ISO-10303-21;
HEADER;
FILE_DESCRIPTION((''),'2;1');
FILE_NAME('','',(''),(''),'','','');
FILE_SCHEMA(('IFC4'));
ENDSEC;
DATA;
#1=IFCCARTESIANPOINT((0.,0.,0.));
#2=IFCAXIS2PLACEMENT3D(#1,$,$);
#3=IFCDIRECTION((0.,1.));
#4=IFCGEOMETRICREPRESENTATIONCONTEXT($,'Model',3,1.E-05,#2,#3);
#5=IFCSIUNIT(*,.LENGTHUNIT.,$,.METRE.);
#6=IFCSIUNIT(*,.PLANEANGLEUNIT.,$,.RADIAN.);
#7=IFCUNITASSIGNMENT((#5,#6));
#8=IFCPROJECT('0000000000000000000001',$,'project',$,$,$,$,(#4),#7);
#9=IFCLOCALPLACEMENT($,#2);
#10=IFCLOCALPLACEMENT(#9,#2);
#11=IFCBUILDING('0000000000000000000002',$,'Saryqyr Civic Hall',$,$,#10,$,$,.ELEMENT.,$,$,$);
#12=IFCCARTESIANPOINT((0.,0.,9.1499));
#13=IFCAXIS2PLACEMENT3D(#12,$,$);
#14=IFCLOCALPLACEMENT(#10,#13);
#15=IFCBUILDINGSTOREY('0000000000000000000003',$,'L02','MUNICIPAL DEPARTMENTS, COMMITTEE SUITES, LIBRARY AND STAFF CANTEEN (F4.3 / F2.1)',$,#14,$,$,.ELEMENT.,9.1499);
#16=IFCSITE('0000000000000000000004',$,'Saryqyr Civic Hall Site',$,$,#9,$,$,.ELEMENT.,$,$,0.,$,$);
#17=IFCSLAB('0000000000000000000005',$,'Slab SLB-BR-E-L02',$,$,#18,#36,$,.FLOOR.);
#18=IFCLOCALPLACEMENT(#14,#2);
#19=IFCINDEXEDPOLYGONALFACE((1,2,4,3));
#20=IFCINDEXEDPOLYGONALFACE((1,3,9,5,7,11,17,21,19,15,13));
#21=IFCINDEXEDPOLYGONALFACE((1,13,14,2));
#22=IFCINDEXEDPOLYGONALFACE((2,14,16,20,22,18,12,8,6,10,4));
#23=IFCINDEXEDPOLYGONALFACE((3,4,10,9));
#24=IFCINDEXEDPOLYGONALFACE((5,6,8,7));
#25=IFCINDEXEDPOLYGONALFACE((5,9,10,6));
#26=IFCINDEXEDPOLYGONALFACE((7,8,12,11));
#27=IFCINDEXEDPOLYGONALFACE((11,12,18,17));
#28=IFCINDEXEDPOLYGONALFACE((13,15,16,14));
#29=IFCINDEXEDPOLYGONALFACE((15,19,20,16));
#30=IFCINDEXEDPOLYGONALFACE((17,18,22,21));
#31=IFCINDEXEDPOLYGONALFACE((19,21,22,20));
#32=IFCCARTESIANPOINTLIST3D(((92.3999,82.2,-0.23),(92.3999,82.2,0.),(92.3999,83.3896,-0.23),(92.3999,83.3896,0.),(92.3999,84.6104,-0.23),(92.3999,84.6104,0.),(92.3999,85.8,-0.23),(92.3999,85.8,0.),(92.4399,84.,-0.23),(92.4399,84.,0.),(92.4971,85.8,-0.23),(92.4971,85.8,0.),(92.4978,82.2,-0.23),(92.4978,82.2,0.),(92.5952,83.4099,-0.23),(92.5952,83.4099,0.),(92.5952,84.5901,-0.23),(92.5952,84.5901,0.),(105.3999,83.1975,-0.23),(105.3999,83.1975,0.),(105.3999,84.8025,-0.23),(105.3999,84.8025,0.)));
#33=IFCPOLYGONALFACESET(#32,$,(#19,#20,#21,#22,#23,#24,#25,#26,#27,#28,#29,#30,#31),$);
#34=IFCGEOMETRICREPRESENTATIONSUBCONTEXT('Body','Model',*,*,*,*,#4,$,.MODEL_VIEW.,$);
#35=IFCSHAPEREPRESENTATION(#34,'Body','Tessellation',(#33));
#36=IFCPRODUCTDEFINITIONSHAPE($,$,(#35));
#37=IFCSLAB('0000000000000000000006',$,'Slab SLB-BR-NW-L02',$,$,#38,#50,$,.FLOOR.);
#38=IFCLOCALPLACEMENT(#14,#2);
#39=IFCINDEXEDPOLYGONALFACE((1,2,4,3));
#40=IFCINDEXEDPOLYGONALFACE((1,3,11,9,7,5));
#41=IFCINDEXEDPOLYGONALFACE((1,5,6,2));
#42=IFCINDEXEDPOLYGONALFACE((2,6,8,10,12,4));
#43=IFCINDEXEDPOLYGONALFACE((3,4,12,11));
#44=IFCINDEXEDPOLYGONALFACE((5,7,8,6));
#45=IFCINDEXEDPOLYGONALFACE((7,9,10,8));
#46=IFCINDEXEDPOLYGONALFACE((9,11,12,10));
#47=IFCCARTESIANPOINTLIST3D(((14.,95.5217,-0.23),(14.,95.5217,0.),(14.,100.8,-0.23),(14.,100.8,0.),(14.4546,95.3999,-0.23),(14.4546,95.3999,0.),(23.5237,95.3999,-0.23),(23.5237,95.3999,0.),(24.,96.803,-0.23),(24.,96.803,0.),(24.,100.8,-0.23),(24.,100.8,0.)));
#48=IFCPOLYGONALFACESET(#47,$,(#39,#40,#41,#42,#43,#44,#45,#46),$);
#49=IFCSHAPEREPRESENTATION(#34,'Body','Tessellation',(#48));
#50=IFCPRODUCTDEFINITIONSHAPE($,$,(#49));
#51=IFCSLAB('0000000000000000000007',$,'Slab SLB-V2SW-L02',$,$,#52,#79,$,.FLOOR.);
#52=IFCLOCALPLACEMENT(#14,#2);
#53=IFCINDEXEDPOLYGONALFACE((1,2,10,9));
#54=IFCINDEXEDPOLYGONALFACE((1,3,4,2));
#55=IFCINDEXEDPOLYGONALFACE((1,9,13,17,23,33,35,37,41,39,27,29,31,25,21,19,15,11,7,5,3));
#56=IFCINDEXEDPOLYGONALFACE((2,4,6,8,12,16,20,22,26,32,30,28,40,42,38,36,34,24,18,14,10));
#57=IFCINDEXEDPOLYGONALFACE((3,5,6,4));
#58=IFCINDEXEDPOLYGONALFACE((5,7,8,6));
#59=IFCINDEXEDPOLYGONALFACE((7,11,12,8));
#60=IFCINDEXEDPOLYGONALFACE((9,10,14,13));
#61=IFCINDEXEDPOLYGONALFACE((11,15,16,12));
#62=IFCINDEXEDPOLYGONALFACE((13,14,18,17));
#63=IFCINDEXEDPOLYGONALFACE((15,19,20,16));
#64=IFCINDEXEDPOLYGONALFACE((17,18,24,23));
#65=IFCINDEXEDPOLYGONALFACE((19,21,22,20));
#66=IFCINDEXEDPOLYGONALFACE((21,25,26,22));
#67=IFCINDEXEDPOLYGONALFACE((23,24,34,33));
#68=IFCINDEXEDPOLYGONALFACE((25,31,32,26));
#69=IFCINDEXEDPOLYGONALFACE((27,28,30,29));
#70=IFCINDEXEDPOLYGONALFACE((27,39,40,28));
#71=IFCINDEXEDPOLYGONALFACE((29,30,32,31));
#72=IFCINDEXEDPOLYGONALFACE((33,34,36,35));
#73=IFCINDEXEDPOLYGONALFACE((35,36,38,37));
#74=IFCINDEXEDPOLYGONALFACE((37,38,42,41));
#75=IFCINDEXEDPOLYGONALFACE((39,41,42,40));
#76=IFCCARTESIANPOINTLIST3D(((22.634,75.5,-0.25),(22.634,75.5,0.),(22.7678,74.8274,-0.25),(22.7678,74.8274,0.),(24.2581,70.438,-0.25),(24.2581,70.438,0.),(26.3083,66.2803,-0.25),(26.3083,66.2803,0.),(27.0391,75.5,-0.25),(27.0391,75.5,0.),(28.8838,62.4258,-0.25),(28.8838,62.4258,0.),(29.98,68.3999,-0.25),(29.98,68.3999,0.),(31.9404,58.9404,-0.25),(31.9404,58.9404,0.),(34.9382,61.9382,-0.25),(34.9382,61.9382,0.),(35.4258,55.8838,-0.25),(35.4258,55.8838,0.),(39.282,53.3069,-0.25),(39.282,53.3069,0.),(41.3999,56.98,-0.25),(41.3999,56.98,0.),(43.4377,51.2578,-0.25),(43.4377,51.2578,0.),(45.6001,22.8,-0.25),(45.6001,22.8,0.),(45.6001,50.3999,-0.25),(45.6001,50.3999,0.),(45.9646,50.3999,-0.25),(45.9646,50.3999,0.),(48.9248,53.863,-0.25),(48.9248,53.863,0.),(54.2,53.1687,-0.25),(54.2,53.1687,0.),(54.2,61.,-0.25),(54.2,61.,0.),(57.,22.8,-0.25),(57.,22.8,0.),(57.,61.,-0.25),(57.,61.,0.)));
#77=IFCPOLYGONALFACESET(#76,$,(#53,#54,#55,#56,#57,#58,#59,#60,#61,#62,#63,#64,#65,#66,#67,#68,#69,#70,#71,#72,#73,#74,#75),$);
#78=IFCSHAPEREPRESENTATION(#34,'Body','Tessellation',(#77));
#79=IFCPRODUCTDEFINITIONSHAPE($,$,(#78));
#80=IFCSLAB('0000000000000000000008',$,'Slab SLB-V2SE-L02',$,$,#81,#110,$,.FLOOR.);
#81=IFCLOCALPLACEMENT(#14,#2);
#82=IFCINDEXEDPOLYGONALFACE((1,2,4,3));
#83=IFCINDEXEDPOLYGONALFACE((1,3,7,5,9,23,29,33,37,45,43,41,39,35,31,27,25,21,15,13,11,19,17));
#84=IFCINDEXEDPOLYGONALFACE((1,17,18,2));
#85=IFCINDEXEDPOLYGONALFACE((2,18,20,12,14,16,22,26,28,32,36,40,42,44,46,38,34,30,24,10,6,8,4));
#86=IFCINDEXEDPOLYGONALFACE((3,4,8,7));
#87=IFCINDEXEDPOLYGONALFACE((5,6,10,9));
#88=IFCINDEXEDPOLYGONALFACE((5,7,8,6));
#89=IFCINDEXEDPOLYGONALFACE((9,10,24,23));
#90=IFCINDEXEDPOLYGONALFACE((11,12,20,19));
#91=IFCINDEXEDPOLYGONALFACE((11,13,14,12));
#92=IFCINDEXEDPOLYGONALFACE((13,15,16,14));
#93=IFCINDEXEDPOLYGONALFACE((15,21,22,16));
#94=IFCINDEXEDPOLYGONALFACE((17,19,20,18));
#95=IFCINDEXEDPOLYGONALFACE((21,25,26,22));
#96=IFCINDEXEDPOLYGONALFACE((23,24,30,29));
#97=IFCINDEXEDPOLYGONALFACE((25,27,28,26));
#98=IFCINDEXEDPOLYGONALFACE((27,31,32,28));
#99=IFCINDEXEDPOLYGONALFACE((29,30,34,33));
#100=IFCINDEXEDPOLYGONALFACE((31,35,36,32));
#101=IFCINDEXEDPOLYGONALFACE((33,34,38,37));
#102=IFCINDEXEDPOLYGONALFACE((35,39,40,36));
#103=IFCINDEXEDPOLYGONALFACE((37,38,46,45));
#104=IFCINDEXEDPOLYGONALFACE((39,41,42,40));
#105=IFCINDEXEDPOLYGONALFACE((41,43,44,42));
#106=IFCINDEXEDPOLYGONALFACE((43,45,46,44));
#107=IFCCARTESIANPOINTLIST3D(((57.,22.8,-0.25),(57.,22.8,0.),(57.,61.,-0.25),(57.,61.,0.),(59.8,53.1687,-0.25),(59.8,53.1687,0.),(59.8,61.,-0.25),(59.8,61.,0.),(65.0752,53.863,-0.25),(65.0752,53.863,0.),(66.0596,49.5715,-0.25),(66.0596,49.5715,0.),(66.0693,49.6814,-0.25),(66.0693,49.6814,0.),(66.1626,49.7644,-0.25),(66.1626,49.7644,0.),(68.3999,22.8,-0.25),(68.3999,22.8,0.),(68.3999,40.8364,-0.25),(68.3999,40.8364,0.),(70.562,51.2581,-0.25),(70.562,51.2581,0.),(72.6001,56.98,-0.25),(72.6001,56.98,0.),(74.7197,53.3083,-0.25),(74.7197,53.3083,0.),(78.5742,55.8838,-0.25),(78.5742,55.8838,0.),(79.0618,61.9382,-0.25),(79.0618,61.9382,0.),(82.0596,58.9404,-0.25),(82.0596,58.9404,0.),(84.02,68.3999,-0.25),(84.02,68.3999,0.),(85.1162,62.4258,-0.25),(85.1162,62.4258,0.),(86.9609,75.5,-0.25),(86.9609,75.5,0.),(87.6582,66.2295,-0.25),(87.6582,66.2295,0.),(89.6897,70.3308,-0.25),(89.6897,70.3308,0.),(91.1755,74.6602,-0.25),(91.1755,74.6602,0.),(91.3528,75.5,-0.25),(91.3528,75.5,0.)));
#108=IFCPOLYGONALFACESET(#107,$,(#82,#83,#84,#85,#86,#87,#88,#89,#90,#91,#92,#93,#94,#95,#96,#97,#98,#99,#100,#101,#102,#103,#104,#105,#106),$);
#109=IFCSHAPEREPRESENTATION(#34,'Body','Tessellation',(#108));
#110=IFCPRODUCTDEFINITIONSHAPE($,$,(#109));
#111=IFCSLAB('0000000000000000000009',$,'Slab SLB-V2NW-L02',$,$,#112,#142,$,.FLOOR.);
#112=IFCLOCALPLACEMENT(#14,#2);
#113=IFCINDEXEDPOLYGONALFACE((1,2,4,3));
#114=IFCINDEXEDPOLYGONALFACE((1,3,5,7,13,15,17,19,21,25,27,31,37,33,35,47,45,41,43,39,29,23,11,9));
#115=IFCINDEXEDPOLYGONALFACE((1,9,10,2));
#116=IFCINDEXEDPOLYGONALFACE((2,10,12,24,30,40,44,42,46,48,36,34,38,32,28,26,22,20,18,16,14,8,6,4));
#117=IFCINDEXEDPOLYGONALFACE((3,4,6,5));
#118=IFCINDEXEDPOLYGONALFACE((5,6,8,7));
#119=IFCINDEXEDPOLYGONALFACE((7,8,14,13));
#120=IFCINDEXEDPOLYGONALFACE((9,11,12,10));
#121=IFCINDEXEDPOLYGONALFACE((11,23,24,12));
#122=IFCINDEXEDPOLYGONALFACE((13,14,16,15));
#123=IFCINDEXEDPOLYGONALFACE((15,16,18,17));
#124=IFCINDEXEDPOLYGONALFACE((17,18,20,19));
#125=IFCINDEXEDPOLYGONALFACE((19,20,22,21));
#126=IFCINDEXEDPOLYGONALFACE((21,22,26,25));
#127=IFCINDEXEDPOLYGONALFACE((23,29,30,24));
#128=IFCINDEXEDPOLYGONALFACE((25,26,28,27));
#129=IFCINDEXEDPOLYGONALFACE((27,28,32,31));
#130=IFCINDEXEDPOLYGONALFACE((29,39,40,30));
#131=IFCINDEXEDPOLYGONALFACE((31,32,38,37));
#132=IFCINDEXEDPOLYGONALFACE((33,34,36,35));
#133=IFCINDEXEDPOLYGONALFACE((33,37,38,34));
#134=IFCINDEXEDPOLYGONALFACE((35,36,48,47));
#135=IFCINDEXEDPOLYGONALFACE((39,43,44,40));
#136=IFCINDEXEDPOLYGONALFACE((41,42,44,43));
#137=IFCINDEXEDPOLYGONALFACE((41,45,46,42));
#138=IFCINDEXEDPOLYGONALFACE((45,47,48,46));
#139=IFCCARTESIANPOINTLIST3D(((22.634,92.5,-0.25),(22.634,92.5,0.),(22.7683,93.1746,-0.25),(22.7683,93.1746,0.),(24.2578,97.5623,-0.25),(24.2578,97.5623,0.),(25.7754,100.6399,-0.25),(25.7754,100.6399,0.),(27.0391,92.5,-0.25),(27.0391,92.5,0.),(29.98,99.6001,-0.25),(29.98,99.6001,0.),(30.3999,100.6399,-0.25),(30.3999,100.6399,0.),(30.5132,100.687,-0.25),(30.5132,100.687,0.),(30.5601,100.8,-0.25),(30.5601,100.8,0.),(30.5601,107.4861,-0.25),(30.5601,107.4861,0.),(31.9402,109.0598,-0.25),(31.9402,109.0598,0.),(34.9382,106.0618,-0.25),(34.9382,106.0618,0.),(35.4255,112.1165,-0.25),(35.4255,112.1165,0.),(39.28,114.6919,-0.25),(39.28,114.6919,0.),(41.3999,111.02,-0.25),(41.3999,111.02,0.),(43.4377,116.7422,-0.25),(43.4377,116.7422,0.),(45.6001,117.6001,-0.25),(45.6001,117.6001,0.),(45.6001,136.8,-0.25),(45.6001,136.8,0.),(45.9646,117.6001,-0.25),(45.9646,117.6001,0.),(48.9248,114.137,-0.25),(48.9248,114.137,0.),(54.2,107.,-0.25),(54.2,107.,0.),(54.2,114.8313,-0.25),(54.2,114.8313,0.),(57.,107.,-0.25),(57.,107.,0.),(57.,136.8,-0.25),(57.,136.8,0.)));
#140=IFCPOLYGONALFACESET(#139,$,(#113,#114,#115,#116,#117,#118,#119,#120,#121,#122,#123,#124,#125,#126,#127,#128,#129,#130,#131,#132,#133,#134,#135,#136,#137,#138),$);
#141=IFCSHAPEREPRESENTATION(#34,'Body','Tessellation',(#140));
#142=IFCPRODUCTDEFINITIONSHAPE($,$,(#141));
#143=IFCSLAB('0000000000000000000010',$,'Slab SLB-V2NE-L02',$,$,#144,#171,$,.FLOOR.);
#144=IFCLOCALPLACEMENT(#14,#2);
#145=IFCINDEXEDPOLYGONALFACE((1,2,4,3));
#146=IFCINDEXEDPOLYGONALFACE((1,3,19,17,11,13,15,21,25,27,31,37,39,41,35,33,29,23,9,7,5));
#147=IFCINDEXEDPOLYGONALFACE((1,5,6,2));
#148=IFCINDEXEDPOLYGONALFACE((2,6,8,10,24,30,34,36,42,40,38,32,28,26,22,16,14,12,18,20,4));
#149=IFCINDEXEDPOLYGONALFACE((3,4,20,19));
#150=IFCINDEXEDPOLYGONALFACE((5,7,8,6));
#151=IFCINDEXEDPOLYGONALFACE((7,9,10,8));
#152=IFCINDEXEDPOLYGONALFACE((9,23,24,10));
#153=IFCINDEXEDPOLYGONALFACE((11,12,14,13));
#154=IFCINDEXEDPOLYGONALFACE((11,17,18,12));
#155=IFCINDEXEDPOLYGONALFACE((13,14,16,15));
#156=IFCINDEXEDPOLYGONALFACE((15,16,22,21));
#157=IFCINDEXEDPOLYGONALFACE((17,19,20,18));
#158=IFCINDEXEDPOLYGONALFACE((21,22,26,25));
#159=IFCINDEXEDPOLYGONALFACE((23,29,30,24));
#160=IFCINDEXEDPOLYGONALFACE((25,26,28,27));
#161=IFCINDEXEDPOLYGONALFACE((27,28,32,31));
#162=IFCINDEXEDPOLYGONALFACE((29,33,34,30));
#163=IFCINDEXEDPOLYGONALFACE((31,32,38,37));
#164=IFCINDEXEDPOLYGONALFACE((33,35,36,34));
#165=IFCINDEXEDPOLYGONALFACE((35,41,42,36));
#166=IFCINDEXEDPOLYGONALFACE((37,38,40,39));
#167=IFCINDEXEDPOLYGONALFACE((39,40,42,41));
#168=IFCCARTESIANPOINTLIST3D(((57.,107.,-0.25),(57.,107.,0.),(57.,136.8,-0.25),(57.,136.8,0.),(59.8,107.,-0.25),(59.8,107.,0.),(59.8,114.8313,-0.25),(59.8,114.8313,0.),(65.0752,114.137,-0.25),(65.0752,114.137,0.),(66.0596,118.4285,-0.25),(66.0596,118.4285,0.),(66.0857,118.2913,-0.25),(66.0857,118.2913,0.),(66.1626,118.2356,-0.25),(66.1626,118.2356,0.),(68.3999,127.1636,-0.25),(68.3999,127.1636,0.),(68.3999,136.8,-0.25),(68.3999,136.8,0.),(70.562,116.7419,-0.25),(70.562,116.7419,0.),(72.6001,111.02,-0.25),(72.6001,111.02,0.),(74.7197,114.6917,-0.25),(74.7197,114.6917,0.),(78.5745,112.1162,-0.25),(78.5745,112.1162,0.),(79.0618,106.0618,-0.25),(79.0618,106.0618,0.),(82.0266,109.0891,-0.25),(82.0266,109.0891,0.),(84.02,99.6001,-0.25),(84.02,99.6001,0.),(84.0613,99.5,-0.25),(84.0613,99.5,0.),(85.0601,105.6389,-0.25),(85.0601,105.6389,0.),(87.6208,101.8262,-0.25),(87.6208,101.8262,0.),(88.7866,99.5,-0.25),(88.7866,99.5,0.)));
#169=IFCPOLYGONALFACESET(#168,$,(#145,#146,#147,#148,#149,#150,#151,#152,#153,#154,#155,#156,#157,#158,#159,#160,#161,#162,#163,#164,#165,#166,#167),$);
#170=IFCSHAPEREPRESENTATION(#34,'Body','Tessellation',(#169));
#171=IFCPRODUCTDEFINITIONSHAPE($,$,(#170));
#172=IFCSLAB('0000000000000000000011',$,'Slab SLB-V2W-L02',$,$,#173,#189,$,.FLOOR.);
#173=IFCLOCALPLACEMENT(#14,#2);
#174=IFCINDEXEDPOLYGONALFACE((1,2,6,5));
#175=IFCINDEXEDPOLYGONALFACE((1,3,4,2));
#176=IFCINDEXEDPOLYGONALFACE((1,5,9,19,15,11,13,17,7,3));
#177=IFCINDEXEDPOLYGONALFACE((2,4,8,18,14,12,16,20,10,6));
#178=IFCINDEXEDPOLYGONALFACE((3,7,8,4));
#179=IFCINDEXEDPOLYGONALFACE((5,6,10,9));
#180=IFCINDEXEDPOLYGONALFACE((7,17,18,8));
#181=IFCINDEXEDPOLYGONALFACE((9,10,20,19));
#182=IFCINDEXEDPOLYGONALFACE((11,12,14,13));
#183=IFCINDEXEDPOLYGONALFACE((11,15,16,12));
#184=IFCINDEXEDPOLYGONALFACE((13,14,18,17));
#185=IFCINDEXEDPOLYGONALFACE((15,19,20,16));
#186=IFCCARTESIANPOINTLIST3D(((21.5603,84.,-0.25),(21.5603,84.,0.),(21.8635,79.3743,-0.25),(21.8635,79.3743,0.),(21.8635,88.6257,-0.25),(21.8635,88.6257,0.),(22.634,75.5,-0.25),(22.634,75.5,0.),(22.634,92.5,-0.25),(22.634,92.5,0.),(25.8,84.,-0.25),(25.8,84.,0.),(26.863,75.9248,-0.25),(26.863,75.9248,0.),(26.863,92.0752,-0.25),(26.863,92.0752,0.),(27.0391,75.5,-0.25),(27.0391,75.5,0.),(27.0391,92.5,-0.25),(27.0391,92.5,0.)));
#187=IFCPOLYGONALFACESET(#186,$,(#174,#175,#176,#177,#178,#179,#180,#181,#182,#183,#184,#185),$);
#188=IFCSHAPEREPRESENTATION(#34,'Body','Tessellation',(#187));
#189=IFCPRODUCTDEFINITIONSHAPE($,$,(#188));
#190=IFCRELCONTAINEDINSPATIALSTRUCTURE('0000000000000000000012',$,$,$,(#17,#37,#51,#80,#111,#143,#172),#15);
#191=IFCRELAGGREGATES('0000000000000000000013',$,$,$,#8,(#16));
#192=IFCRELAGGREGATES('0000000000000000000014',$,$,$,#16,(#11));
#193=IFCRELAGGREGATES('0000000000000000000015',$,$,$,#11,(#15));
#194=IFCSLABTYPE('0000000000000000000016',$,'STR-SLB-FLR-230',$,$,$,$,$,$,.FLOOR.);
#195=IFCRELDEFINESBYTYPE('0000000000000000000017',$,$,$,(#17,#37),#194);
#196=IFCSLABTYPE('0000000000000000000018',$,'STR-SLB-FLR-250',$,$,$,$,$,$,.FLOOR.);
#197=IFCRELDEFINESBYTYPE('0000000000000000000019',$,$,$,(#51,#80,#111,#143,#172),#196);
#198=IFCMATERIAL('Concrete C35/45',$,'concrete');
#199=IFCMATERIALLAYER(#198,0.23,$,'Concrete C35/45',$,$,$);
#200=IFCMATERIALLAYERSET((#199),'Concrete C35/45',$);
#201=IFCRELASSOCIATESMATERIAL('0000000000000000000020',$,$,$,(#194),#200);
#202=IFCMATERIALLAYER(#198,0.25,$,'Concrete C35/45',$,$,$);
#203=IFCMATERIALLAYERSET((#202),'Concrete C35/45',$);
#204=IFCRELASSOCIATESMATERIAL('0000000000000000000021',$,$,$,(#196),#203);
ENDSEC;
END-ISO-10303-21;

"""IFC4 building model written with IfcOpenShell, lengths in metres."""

from ifc_helpers import new_model, si_unit, direction, frame, origin, place, context, subcontext, project, spatial, polyline, outline, extrude, material, layer, layer_set, type_object, element, save


model = new_model("IFC4")

# Units and contexts
model_context = context("Model", 3, precision=1e-05, world=origin(), true_north=direction((0.0, 1.0)))
body_context = subcontext(model_context, "Body", "Model", "MODEL_VIEW")
ifc_project = project(units=[si_unit("LENGTHUNIT", "METRE"), si_unit("PLANEANGLEUNIT", "RADIAN")], contexts=[model_context])

# Site, building, storey
site_placement = place(None, origin())
site = spatial("IfcSite", under=ifc_project, at=site_placement, Name="Saryqyr Civic Hall Site", CompositionType="ELEMENT", RefElevation=0.0)
building_placement = place(site_placement, origin())
building = spatial("IfcBuilding", under=site, at=building_placement, Name="Saryqyr Civic Hall", CompositionType="ELEMENT")
storey_placement = place(building_placement, frame((0.0, 0.0, 9.1499)))
storey = spatial("IfcBuildingStorey", under=building, at=storey_placement, Name="L02", Description="MUNICIPAL DEPARTMENTS, COMMITTEE SUITES, LIBRARY AND STAFF CANTEEN (F4.3 / F2.1)", CompositionType="ELEMENT", Elevation=9.1499)

# Slabs
ifc_material_1 = material(Name="Concrete C35/45", Category="concrete")
ifc_layer_1 = layer(ifc_material_1, 0.23, Name="Concrete C35/45")
ifc_layer_set_1 = layer_set([ifc_layer_1], Name="Concrete C35/45")
slab_type_1 = type_object("IfcSlabType", Name="STR-SLB-FLR-230", PredefinedType="FLOOR", material=ifc_layer_set_1)
slab_1_placement = place(storey_placement, frame((0.0, 0.0, -0.23)))
element("IfcSlab", 1, at=slab_1_placement, inside=storey, type_object=slab_type_1, Name="Slab SLB-BR-E-L02", PredefinedType="FLOOR", context=body_context, shape_type="SweptSolid", body=[
    extrude(outline(polyline([(105.3999, 83.1975), (92.5952, 83.4099), (92.4978, 82.2), (92.3999, 82.2), (92.3999, 83.3896), (92.4399, 84.0), (92.3999, 84.6104), (92.3999, 85.8), (92.4971, 85.8), (92.5952, 84.5901), (105.3999, 84.8025), (105.3999, 83.1975)])), origin(), (0.0, 0.0, 1.0), 0.23),
])
slab_2_placement = place(storey_placement, frame((0.0, 0.0, -0.23)))
element("IfcSlab", 2, at=slab_2_placement, inside=storey, type_object=slab_type_1, Name="Slab SLB-BR-NW-L02", PredefinedType="FLOOR", context=body_context, shape_type="SweptSolid", body=[
    extrude(outline(polyline([(24.0, 96.803), (23.5237, 95.3999), (14.4546, 95.3999), (14.0, 95.5217), (14.0, 100.8), (24.0, 100.8), (24.0, 96.803)])), origin(), (0.0, 0.0, 1.0), 0.23),
])
ifc_layer_2 = layer(ifc_material_1, 0.25, Name="Concrete C35/45")
ifc_layer_set_2 = layer_set([ifc_layer_2], Name="Concrete C35/45")
slab_type_2 = type_object("IfcSlabType", Name="STR-SLB-FLR-250", PredefinedType="FLOOR", material=ifc_layer_set_2)
slab_3_placement = place(storey_placement, frame((0.0, 0.0, -0.25)))
element("IfcSlab", 3, at=slab_3_placement, inside=storey, type_object=slab_type_2, Name="Slab SLB-V2SW-L02", PredefinedType="FLOOR", context=body_context, shape_type="SweptSolid", body=[
    extrude(outline(polyline([(45.6001, 50.3999), (45.9646, 50.3999), (43.4377, 51.2578), (39.282, 53.3069), (35.4258, 55.8838), (31.9404, 58.9404), (28.8838, 62.4258), (26.3083, 66.2803), (24.2581, 70.438), (22.7678, 74.8274), (22.634, 75.5), (27.0391, 75.5), (29.98, 68.3999), (34.9382, 61.9382), (41.3999, 56.98), (48.9248, 53.863), (54.2, 53.1687), (54.2, 61.0), (57.0, 61.0), (57.0, 22.8), (45.6001, 22.8), (45.6001, 50.3999)])), origin(), (0.0, 0.0, 1.0), 0.25),
])
slab_4_placement = place(storey_placement, frame((0.0, 0.0, -0.25)))
element("IfcSlab", 4, at=slab_4_placement, inside=storey, type_object=slab_type_2, Name="Slab SLB-V2SE-L02", PredefinedType="FLOOR", context=body_context, shape_type="SweptSolid", body=[
    extrude(outline(polyline([(91.1755, 74.6602), (89.6897, 70.3308), (87.6582, 66.2295), (85.1162, 62.4258), (82.0596, 58.9404), (78.5742, 55.8838), (74.7197, 53.3083), (70.562, 51.2581), (66.1626, 49.7644), (66.0693, 49.6814), (66.0596, 49.5715), (68.3999, 40.8364), (68.3999, 22.8), (57.0, 22.8), (57.0, 61.0), (59.8, 61.0), (59.8, 53.1687), (65.0752, 53.863), (72.6001, 56.98), (79.0618, 61.9382), (84.02, 68.3999), (86.9609, 75.5), (91.3528, 75.5), (91.1755, 74.6602)])), origin(), (0.0, 0.0, 1.0), 0.25),
])
slab_5_placement = place(storey_placement, frame((0.0, 0.0, -0.25)))
element("IfcSlab", 5, at=slab_5_placement, inside=storey, type_object=slab_type_2, Name="Slab SLB-V2NW-L02", PredefinedType="FLOOR", context=body_context, shape_type="SweptSolid", body=[
    extrude(outline(polyline([(30.3999, 100.6399), (30.5132, 100.687), (30.5601, 100.8), (30.5601, 107.4861), (31.9402, 109.0598), (35.4255, 112.1165), (39.28, 114.6919), (43.4377, 116.7422), (45.9646, 117.6001), (45.6001, 117.6001), (45.6001, 136.8), (57.0, 136.8), (57.0, 107.0), (54.2, 107.0), (54.2, 114.8313), (48.9248, 114.137), (41.3999, 111.02), (34.9382, 106.0618), (29.98, 99.6001), (27.0391, 92.5), (22.634, 92.5), (22.7683, 93.1746), (24.2578, 97.5623), (25.7754, 100.6399), (30.3999, 100.6399)])), origin(), (0.0, 0.0, 1.0), 0.25),
])
slab_6_placement = place(storey_placement, frame((0.0, 0.0, -0.25)))
element("IfcSlab", 6, at=slab_6_placement, inside=storey, type_object=slab_type_2, Name="Slab SLB-V2NE-L02", PredefinedType="FLOOR", context=body_context, shape_type="SweptSolid", body=[
    extrude(outline(polyline([(68.3999, 127.1636), (66.0596, 118.4285), (66.0857, 118.2913), (66.1626, 118.2356), (70.562, 116.7419), (74.7197, 114.6917), (78.5745, 112.1162), (82.0266, 109.0891), (85.0601, 105.6389), (87.6208, 101.8262), (88.7866, 99.5), (84.0613, 99.5), (84.02, 99.6001), (79.0618, 106.0618), (72.6001, 111.02), (65.0752, 114.137), (59.8, 114.8313), (59.8, 107.0), (57.0, 107.0), (57.0, 136.8), (68.3999, 136.8), (68.3999, 127.1636)])), origin(), (0.0, 0.0, 1.0), 0.25),
])
slab_7_placement = place(storey_placement, frame((0.0, 0.0, -0.25)))
element("IfcSlab", 7, at=slab_7_placement, inside=storey, type_object=slab_type_2, Name="Slab SLB-V2W-L02", PredefinedType="FLOOR", context=body_context, shape_type="SweptSolid", body=[
    extrude(outline(polyline([(21.5603, 84.0), (21.8635, 88.6257), (22.634, 92.5), (27.0391, 92.5), (26.863, 92.0752), (25.8, 84.0), (26.863, 75.9248), (27.0391, 75.5), (22.634, 75.5), (21.8635, 79.3743), (21.5603, 84.0)])), origin(), (0.0, 0.0, 1.0), 0.25),
])

save(model, "model.ifc")
